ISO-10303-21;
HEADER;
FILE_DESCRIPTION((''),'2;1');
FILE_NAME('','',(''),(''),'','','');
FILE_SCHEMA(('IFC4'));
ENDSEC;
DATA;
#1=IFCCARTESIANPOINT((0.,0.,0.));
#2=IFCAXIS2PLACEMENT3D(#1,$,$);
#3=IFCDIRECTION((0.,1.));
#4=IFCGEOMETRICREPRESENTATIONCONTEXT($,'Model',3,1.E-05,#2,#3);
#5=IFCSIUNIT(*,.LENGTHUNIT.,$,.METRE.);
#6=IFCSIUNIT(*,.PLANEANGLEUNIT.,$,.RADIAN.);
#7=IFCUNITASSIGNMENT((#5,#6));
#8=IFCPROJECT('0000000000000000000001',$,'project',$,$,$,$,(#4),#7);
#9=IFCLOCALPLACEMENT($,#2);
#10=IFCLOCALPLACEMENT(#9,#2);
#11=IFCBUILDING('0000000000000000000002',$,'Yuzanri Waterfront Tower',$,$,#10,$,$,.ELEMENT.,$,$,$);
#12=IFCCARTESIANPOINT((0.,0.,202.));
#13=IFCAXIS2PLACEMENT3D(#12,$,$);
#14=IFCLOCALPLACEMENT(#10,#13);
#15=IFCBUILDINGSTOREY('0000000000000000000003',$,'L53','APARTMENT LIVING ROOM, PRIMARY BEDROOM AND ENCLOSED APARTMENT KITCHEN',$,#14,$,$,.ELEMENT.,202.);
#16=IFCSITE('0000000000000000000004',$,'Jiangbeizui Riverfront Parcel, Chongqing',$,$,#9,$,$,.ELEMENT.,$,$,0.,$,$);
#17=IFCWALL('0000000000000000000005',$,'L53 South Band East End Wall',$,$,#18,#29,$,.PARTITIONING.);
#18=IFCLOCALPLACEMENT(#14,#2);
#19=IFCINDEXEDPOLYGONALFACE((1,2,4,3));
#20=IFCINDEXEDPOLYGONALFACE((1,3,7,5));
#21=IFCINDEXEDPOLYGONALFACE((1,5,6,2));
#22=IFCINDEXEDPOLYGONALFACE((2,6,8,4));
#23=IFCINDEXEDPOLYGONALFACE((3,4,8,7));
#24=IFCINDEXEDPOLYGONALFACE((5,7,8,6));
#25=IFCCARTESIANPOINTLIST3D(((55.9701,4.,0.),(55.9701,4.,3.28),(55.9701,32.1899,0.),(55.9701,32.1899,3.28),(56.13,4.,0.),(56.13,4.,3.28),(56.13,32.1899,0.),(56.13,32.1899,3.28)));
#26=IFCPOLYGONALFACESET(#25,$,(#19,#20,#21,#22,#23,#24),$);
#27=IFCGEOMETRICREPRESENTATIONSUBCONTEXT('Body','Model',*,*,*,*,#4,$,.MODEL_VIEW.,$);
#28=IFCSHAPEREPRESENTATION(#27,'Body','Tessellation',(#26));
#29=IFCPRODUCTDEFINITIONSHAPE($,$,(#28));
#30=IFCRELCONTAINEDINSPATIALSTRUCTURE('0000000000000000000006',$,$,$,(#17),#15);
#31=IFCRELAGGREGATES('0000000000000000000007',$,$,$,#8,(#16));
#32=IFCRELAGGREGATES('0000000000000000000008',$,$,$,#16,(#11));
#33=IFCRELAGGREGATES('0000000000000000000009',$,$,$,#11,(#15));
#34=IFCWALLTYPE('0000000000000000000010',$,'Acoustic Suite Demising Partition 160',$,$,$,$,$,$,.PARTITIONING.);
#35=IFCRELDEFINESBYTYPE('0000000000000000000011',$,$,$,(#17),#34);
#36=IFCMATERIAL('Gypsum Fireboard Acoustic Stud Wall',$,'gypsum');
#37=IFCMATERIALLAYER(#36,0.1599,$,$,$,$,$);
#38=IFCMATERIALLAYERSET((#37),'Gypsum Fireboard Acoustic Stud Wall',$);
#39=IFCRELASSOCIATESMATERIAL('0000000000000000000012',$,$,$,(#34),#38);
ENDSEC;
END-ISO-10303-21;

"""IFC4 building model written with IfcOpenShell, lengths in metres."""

from ifc_helpers import new_model, si_unit, direction, frame, frame_2d, origin, place, context, subcontext, project, spatial, rectangle, extrude, source, transform, mapped, material, layer, layer_set, type_object, element, save


model = new_model("IFC4")

# Units and contexts
model_context = context("Model", 3, precision=1e-05, world=origin(), true_north=direction((0.0, 1.0)))
body_context = subcontext(model_context, "Body", "Model", "MODEL_VIEW")
ifc_project = project(units=[si_unit("LENGTHUNIT", "METRE"), si_unit("PLANEANGLEUNIT", "RADIAN")], contexts=[model_context])

# Site, building, storey
site_placement = place(None, origin())
site = spatial("IfcSite", under=ifc_project, at=site_placement, Name="Jiangbeizui Riverfront Parcel, Chongqing", CompositionType="ELEMENT", RefElevation=0.0)
building_placement = place(site_placement, origin())
building = spatial("IfcBuilding", under=site, at=building_placement, Name="Yuzanri Waterfront Tower", CompositionType="ELEMENT")
storey_placement = place(building_placement, frame((0.0, 0.0, 202.0)))
storey = spatial("IfcBuildingStorey", under=building, at=storey_placement, Name="L53", Description="APARTMENT LIVING ROOM, PRIMARY BEDROOM AND ENCLOSED APARTMENT KITCHEN", CompositionType="ELEMENT", Elevation=202.0)

# Wall
ifc_material_1 = material(Name="Gypsum Fireboard Acoustic Stud Wall", Category="gypsum")
ifc_layer_1 = layer(ifc_material_1, 0.1599)
ifc_layer_set_1 = layer_set([ifc_layer_1], Name="Gypsum Fireboard Acoustic Stud Wall")
wall_type_1 = type_object("IfcWallType", Name="Acoustic Suite Demising Partition 160", PredefinedType="PARTITIONING", material=ifc_layer_set_1)
shared_shape_1 = source(origin(), body_context, "Body", "SweptSolid", [
    extrude(rectangle(XDim=28.1899, YDim=0.1599, at=frame_2d((14.095, 0.0))), origin(), (0.0, 0.0, 1.0), 3.28),
])
wall_1_placement = place(storey_placement, frame((56.05, 4.0, 0.0), z_axis=(0.0, 0.0, 1.0), x_axis=(0.0, 1.0, 0.0)))
element("IfcWall", 1, at=wall_1_placement, inside=storey, type_object=wall_type_1, Name="L53 South Band East End Wall", PredefinedType="PARTITIONING", context=body_context, shape_type="MappedRepresentation", body=[
    mapped(shared_shape_1, transform((0.0, 0.0, 0.0), scale=1.0)),
])

save(model, "model.ifc")
